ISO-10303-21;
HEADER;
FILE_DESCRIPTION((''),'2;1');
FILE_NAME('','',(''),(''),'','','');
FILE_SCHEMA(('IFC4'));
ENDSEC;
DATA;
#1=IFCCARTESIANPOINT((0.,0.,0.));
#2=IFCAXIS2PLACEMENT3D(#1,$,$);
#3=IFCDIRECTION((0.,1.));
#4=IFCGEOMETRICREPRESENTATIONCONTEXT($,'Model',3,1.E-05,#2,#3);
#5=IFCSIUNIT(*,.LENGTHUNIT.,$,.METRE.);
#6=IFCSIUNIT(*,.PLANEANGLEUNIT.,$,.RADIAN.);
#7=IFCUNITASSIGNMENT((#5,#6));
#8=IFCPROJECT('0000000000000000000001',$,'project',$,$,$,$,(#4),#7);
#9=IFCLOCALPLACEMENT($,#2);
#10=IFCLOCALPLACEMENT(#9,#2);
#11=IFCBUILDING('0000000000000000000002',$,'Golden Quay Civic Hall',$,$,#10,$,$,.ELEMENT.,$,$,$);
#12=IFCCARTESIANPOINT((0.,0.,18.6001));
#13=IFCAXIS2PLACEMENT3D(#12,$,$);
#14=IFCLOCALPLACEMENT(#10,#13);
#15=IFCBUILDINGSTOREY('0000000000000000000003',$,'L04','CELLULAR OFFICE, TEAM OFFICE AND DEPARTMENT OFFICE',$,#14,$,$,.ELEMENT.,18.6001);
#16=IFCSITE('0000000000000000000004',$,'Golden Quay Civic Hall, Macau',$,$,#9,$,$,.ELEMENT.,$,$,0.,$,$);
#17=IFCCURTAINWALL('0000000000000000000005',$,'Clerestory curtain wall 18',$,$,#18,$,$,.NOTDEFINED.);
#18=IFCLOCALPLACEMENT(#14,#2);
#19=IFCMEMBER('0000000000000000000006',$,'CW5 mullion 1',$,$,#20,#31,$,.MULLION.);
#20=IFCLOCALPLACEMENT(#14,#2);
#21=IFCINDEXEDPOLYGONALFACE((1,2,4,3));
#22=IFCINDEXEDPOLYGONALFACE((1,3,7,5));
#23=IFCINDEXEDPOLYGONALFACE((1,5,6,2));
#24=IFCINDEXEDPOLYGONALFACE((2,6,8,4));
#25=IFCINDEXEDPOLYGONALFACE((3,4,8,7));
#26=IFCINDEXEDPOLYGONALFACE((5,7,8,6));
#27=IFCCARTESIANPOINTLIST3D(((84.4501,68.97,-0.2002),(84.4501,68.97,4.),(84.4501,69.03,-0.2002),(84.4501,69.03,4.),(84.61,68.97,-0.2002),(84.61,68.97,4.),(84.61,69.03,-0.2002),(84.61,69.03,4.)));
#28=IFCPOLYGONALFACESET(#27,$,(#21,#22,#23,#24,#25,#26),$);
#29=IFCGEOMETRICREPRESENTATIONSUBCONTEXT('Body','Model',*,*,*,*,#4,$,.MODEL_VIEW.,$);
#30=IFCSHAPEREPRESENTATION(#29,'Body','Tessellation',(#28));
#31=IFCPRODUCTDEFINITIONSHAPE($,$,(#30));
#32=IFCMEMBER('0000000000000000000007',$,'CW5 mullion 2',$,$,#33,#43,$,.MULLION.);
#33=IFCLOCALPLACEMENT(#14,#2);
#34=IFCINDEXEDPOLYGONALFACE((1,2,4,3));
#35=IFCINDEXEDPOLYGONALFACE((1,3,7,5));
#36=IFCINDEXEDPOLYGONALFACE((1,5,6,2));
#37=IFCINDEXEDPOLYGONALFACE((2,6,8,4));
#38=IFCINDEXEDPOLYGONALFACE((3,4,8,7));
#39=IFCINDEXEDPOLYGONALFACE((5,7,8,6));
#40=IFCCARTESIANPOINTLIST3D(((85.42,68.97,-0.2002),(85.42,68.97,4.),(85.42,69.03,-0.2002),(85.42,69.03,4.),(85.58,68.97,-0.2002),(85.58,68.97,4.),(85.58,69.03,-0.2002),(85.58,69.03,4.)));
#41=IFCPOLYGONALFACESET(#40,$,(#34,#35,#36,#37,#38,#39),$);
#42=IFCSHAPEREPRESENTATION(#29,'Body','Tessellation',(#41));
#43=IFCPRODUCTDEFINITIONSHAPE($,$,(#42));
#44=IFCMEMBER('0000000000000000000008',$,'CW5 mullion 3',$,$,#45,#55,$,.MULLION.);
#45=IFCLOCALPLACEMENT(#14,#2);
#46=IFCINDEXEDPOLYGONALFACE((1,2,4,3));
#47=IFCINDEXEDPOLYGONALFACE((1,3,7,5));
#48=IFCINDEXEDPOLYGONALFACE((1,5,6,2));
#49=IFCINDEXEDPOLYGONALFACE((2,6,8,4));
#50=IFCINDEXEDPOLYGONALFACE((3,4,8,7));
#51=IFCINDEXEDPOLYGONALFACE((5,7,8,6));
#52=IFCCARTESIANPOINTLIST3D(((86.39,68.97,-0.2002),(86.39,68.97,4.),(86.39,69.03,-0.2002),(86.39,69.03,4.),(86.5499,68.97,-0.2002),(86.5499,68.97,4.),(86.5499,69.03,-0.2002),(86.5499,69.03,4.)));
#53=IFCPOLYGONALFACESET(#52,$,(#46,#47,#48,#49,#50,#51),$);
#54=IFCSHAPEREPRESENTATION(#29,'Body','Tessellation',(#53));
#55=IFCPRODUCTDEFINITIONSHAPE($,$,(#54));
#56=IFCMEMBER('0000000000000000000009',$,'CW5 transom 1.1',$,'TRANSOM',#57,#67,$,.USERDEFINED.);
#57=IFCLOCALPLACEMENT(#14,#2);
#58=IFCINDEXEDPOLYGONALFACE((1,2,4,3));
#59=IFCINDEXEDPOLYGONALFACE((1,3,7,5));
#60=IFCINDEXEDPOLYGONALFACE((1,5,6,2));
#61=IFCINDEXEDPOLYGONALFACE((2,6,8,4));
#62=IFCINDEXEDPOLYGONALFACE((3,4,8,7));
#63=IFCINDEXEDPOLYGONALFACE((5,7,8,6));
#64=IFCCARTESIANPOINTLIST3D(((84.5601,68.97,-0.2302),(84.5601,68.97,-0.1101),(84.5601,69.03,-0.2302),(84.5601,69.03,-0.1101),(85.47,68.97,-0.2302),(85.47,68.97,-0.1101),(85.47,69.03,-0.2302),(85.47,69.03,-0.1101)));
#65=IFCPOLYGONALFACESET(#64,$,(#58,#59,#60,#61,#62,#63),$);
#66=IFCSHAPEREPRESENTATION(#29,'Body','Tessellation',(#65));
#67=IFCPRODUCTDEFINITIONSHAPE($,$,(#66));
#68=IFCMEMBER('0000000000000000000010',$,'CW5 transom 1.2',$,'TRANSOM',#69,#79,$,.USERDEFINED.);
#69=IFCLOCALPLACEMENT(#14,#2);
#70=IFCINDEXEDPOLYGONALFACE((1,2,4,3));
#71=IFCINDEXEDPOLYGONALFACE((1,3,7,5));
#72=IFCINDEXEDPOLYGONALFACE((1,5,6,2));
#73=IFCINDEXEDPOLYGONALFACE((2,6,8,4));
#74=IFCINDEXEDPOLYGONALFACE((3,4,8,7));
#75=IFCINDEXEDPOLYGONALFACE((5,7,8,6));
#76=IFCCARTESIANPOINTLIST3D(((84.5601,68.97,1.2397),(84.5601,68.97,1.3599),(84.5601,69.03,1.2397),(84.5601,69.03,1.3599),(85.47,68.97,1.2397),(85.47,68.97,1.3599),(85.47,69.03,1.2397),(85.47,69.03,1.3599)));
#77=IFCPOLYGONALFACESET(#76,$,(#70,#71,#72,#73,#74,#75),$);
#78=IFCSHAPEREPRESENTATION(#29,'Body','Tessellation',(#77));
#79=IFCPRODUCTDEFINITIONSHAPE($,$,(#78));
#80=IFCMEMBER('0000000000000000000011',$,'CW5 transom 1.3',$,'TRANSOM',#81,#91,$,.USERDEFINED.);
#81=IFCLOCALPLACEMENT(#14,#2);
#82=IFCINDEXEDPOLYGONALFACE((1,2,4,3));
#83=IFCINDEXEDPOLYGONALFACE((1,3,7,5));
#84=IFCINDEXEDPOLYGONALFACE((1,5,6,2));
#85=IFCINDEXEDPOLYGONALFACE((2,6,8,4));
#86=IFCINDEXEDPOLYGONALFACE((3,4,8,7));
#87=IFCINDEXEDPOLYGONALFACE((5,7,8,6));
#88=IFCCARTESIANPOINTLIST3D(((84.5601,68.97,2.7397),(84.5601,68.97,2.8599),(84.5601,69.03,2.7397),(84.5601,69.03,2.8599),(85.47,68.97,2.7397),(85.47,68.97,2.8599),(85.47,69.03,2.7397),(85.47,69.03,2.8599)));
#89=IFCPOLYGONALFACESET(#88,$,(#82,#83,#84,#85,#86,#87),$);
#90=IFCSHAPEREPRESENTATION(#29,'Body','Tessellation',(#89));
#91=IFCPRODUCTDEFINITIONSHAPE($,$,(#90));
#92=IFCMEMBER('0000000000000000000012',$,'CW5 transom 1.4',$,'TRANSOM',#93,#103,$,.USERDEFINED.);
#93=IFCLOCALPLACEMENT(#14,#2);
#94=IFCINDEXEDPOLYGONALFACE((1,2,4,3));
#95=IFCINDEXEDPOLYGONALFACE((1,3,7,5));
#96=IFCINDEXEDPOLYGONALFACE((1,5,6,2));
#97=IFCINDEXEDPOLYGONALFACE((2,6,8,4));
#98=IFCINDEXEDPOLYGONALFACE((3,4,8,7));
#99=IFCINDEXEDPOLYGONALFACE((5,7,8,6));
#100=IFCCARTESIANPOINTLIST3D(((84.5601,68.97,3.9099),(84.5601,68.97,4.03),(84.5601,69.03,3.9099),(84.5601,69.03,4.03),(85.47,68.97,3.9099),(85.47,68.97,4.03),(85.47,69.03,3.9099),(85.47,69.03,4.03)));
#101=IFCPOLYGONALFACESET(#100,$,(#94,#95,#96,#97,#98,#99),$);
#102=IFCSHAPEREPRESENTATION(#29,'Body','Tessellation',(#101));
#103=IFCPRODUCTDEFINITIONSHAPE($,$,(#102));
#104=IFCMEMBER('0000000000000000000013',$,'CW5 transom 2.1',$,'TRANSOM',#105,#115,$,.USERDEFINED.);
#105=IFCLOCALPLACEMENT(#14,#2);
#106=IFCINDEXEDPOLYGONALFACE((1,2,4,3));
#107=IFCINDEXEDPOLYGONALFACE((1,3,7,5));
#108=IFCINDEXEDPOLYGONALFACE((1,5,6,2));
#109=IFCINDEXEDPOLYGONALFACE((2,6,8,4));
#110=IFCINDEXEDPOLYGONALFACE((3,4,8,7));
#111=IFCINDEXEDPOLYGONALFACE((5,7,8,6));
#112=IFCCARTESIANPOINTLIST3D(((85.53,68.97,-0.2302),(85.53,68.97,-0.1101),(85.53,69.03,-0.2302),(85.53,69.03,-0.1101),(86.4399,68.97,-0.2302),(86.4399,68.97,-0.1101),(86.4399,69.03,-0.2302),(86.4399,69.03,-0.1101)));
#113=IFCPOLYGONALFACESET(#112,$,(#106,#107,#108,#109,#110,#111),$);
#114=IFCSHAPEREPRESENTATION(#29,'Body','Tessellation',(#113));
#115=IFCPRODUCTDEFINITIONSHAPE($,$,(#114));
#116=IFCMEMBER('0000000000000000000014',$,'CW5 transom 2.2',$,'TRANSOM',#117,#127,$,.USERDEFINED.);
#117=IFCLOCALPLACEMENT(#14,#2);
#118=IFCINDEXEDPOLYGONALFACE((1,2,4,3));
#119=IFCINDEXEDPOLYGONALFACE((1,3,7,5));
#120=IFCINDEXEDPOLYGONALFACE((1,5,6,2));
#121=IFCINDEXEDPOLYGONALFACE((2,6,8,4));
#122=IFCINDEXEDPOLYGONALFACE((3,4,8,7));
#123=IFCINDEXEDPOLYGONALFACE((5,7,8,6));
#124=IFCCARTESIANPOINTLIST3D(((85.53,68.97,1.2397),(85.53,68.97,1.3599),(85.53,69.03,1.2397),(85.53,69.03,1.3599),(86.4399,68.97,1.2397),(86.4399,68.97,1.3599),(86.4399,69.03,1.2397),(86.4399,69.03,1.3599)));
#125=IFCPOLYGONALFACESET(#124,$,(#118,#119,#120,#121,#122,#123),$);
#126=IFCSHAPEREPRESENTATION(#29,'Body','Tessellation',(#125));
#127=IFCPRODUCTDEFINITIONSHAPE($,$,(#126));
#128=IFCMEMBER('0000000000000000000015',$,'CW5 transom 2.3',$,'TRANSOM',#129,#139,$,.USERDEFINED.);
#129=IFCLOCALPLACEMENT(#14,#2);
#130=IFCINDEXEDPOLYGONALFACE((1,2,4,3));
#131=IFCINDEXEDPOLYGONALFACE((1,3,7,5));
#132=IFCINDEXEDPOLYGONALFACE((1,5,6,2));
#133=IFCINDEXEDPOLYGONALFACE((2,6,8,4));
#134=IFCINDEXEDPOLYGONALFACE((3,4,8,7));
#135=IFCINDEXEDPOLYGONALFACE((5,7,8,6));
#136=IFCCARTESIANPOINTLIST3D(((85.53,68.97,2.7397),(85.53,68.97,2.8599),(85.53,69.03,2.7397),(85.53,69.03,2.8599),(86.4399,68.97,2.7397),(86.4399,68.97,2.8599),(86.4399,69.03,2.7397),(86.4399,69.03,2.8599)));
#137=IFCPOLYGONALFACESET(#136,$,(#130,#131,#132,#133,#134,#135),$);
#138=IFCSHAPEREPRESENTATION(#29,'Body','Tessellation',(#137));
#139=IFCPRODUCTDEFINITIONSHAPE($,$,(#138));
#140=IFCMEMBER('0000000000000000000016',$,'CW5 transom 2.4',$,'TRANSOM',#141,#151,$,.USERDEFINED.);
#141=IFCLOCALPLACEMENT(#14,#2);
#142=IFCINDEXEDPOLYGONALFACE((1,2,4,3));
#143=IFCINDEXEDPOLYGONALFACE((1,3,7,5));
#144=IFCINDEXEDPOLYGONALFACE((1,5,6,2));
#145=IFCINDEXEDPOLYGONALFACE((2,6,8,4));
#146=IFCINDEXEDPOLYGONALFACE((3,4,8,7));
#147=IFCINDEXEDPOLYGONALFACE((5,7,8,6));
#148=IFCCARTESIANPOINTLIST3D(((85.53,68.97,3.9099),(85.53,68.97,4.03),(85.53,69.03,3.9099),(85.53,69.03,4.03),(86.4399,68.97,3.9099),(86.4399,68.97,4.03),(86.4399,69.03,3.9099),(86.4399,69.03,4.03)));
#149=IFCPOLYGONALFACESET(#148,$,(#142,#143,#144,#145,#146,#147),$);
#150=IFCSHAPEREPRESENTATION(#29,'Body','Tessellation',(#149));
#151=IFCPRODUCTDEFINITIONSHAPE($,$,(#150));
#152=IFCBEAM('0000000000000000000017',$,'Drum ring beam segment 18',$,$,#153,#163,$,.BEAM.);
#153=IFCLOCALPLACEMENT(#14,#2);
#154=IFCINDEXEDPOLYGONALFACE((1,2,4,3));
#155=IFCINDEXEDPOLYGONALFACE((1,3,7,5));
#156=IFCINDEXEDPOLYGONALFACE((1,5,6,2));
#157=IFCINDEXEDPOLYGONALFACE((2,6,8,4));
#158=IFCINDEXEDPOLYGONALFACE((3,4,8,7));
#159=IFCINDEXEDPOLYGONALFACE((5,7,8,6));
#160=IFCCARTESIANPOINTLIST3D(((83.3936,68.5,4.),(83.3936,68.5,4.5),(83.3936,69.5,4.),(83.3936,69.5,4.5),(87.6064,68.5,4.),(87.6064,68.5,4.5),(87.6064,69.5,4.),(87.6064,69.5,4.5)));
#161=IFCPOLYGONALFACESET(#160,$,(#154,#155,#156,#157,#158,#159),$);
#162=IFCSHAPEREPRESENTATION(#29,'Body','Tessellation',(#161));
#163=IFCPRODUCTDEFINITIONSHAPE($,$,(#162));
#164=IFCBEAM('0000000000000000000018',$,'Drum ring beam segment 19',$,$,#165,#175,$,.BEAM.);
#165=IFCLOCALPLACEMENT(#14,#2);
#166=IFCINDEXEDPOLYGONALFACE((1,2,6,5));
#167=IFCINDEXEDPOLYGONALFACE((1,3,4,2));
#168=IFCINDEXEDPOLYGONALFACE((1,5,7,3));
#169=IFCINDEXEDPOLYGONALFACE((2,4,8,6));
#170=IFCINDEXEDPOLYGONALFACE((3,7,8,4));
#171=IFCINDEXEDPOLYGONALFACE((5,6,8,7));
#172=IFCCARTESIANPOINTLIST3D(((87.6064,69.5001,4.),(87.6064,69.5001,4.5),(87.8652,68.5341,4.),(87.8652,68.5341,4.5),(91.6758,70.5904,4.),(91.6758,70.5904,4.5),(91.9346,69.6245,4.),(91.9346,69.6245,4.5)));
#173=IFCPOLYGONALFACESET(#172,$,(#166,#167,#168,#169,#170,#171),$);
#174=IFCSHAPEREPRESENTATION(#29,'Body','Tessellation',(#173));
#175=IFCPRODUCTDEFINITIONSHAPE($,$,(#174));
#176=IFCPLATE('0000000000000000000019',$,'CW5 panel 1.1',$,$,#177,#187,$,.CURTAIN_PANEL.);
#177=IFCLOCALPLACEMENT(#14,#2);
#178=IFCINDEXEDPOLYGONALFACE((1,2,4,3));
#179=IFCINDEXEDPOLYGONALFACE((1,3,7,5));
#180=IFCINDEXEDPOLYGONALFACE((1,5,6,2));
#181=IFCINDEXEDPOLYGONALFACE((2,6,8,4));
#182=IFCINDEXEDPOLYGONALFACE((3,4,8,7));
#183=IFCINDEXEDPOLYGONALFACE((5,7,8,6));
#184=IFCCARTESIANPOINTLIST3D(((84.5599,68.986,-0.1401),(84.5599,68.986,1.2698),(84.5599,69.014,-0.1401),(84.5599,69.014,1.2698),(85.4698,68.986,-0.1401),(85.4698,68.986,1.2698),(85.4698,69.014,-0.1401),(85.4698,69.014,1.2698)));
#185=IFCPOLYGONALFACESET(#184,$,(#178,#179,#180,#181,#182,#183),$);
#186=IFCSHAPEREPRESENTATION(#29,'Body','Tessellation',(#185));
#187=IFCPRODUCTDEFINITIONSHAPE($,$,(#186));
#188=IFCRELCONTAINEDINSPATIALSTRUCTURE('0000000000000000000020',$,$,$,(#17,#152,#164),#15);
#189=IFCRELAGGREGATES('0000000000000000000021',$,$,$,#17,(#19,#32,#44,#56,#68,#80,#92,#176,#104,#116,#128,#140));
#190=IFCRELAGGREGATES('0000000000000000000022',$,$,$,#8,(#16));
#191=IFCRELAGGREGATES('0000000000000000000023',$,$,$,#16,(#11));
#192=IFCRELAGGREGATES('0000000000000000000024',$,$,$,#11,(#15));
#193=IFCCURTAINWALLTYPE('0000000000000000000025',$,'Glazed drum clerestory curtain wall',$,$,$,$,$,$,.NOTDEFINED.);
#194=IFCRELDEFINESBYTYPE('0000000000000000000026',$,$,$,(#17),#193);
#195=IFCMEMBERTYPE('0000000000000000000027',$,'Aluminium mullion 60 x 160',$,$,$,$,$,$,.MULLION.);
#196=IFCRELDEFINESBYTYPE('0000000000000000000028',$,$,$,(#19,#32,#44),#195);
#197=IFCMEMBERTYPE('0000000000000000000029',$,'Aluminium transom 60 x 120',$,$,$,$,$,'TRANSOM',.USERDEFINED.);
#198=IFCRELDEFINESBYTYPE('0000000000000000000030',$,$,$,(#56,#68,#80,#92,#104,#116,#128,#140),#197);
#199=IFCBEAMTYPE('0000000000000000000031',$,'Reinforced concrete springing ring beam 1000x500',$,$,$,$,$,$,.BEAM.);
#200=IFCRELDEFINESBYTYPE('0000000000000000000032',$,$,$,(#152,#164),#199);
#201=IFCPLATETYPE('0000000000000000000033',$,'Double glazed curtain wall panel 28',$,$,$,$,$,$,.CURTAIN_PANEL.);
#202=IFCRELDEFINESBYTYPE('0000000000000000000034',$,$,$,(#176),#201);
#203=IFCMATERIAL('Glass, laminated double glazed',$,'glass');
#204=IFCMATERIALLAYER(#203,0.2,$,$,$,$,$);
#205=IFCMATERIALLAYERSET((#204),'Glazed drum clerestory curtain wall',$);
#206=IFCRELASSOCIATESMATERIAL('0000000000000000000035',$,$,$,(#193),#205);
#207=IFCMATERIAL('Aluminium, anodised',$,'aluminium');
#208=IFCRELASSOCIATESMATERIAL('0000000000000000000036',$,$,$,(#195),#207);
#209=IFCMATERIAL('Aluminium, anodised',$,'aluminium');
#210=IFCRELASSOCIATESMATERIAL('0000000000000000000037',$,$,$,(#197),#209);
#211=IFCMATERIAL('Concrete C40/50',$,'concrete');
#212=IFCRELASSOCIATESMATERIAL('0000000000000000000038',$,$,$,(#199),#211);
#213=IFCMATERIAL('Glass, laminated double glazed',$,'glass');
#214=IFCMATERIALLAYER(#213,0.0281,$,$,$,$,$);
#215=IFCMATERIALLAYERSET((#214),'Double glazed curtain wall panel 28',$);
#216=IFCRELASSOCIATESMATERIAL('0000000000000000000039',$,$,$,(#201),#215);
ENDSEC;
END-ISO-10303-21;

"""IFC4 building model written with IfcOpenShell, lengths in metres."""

from ifc_helpers import new_model, si_unit, direction, frame, origin, origin_2d, place, context, subcontext, project, spatial, rectangle, extrude, material, layer, layer_set, material_profile, profile_set, type_object, element, aggregate, save


model = new_model("IFC4")

# Units and contexts
model_context = context("Model", 3, precision=1e-05, world=origin(), true_north=direction((0.0, 1.0)))
body_context = subcontext(model_context, "Body", "Model", "MODEL_VIEW")
ifc_project = project(units=[si_unit("LENGTHUNIT", "METRE"), si_unit("PLANEANGLEUNIT", "RADIAN")], contexts=[model_context])

# Site, building, storey
site_placement = place(None, origin())
site = spatial("IfcSite", under=ifc_project, at=site_placement, Name="Golden Quay Civic Hall, Macau", CompositionType="ELEMENT", RefElevation=0.0)
building_placement = place(site_placement, origin())
building = spatial("IfcBuilding", under=site, at=building_placement, Name="Golden Quay Civic Hall", CompositionType="ELEMENT")
storey_placement = place(building_placement, frame((0.0, 0.0, 18.6001)))
storey = spatial("IfcBuildingStorey", under=building, at=storey_placement, Name="L04", Description="CELLULAR OFFICE, TEAM OFFICE AND DEPARTMENT OFFICE", CompositionType="ELEMENT", Elevation=18.6001)

# Curtain wall, members
ifc_material_1 = material(Name="Glass, laminated double glazed", Category="glass")
ifc_layer_1 = layer(ifc_material_1, 0.2)
ifc_layer_set_1 = layer_set([ifc_layer_1], Name="Glazed drum clerestory curtain wall")
curtain_wall_type = type_object("IfcCurtainWallType", Name="Glazed drum clerestory curtain wall", PredefinedType="NOTDEFINED", material=ifc_layer_set_1)
curtain_wall_placement = place(storey_placement, origin())
curtain_wall = element("IfcCurtainWall", 1, at=curtain_wall_placement, inside=storey, type_object=curtain_wall_type, Name="Clerestory curtain wall 18", PredefinedType="NOTDEFINED")
ifc_material_2 = material(Name="Aluminium, anodised", Category="aluminium")
ifc_material_profile_1 = material_profile(ifc_material_2, rectangle(XDim=0.0601, YDim=0.1599, at=origin_2d()), Name="Aluminium 60 x 160")
ifc_profile_set_1 = profile_set([ifc_material_profile_1], Name="Aluminium, anodised")
member_type_1 = type_object("IfcMemberType", Name="Aluminium mullion 60 x 160", PredefinedType="MULLION", material=ifc_profile_set_1)
member_1_placement = place(storey_placement, frame((84.53, 69.0, -0.2002), z_axis=(0.0, 0.0, 1.0), x_axis=(0.0, 1.0, 0.0)))
member_1 = element("IfcMember", 2, at=member_1_placement, type_object=member_type_1, Name="CW5 mullion 1", PredefinedType="MULLION", context=body_context, shape_type="SweptSolid", body=[
    extrude(rectangle(XDim=0.0601, YDim=0.1599, at=origin_2d()), origin(), (0.0, 0.0, 1.0), 4.2002),
])
member_2_placement = place(storey_placement, frame((85.5, 69.0, -0.2002), z_axis=(0.0, 0.0, 1.0), x_axis=(0.0, 1.0, 0.0)))
member_2 = element("IfcMember", 3, at=member_2_placement, type_object=member_type_1, Name="CW5 mullion 2", PredefinedType="MULLION", context=body_context, shape_type="SweptSolid", body=[
    extrude(rectangle(XDim=0.0601, YDim=0.1599, at=origin_2d()), origin(), (0.0, 0.0, 1.0), 4.2002),
])
member_3_placement = place(storey_placement, frame((86.47, 69.0, -0.2002), z_axis=(0.0, 0.0, 1.0), x_axis=(0.0, 1.0, 0.0)))
member_3 = element("IfcMember", 4, at=member_3_placement, type_object=member_type_1, Name="CW5 mullion 3", PredefinedType="MULLION", context=body_context, shape_type="SweptSolid", body=[
    extrude(rectangle(XDim=0.0601, YDim=0.1599, at=origin_2d()), origin(), (0.0, 0.0, 1.0), 4.2002),
])
ifc_material_3 = material(Name="Aluminium, anodised", Category="aluminium")
ifc_material_profile_2 = material_profile(ifc_material_3, rectangle(XDim=0.0601, YDim=0.1201, at=origin_2d()), Name="Aluminium 60 x 120")
ifc_profile_set_2 = profile_set([ifc_material_profile_2], Name="Aluminium, anodised")
member_type_2 = type_object("IfcMemberType", Name="Aluminium transom 60 x 120", ElementType="TRANSOM", PredefinedType="USERDEFINED", material=ifc_profile_set_2)
member_4_placement = place(storey_placement, frame((84.5601, 69.0, -0.1702), z_axis=(1.0, 0.0, 0.0), x_axis=(0.0, 1.0, 0.0)))
member_4 = element("IfcMember", 5, at=member_4_placement, type_object=member_type_2, Name="CW5 transom 1.1", ObjectType="TRANSOM", PredefinedType="USERDEFINED", context=body_context, shape_type="SweptSolid", body=[
    extrude(rectangle(XDim=0.0601, YDim=0.1201, at=origin_2d()), origin(), (0.0, 0.0, 1.0), 0.9099),
])
member_5_placement = place(storey_placement, frame((84.5601, 69.0, 1.2998), z_axis=(1.0, 0.0, 0.0), x_axis=(0.0, 1.0, 0.0)))
member_5 = element("IfcMember", 6, at=member_5_placement, type_object=member_type_2, Name="CW5 transom 1.2", ObjectType="TRANSOM", PredefinedType="USERDEFINED", context=body_context, shape_type="SweptSolid", body=[
    extrude(rectangle(XDim=0.0601, YDim=0.1201, at=origin_2d()), origin(), (0.0, 0.0, 1.0), 0.9099),
])
member_6_placement = place(storey_placement, frame((84.5601, 69.0, 2.7998), z_axis=(1.0, 0.0, 0.0), x_axis=(0.0, 1.0, 0.0)))
member_6 = element("IfcMember", 7, at=member_6_placement, type_object=member_type_2, Name="CW5 transom 1.3", ObjectType="TRANSOM", PredefinedType="USERDEFINED", context=body_context, shape_type="SweptSolid", body=[
    extrude(rectangle(XDim=0.0601, YDim=0.1201, at=origin_2d()), origin(), (0.0, 0.0, 1.0), 0.9099),
])
member_7_placement = place(storey_placement, frame((84.5601, 69.0, 3.97), z_axis=(1.0, 0.0, 0.0), x_axis=(0.0, 1.0, 0.0)))
member_7 = element("IfcMember", 8, at=member_7_placement, type_object=member_type_2, Name="CW5 transom 1.4", ObjectType="TRANSOM", PredefinedType="USERDEFINED", context=body_context, shape_type="SweptSolid", body=[
    extrude(rectangle(XDim=0.0601, YDim=0.1201, at=origin_2d()), origin(), (0.0, 0.0, 1.0), 0.9099),
])
member_8_placement = place(storey_placement, frame((85.53, 69.0, -0.1702), z_axis=(1.0, 0.0, 0.0), x_axis=(0.0, 1.0, 0.0)))
member_8 = element("IfcMember", 9, at=member_8_placement, type_object=member_type_2, Name="CW5 transom 2.1", ObjectType="TRANSOM", PredefinedType="USERDEFINED", context=body_context, shape_type="SweptSolid", body=[
    extrude(rectangle(XDim=0.0601, YDim=0.1201, at=origin_2d()), origin(), (0.0, 0.0, 1.0), 0.9099),
])
member_9_placement = place(storey_placement, frame((85.53, 69.0, 1.2998), z_axis=(1.0, 0.0, 0.0), x_axis=(0.0, 1.0, 0.0)))
member_9 = element("IfcMember", 10, at=member_9_placement, type_object=member_type_2, Name="CW5 transom 2.2", ObjectType="TRANSOM", PredefinedType="USERDEFINED", context=body_context, shape_type="SweptSolid", body=[
    extrude(rectangle(XDim=0.0601, YDim=0.1201, at=origin_2d()), origin(), (0.0, 0.0, 1.0), 0.9099),
])
member_10_placement = place(storey_placement, frame((85.53, 69.0, 2.7998), z_axis=(1.0, 0.0, 0.0), x_axis=(0.0, 1.0, 0.0)))
member_10 = element("IfcMember", 11, at=member_10_placement, type_object=member_type_2, Name="CW5 transom 2.3", ObjectType="TRANSOM", PredefinedType="USERDEFINED", context=body_context, shape_type="SweptSolid", body=[
    extrude(rectangle(XDim=0.0601, YDim=0.1201, at=origin_2d()), origin(), (0.0, 0.0, 1.0), 0.9099),
])
member_11_placement = place(storey_placement, frame((85.53, 69.0, 3.97), z_axis=(1.0, 0.0, 0.0), x_axis=(0.0, 1.0, 0.0)))
member_11 = element("IfcMember", 12, at=member_11_placement, type_object=member_type_2, Name="CW5 transom 2.4", ObjectType="TRANSOM", PredefinedType="USERDEFINED", context=body_context, shape_type="SweptSolid", body=[
    extrude(rectangle(XDim=0.0601, YDim=0.1201, at=origin_2d()), origin(), (0.0, 0.0, 1.0), 0.9099),
])

# Beams
ifc_material_4 = material(Name="Concrete C40/50", Category="concrete")
ifc_material_profile_3 = material_profile(ifc_material_4, rectangle(XDim=1.0, YDim=0.5, at=origin_2d()), Name="RC 1000x500")
ifc_profile_set_3 = profile_set([ifc_material_profile_3], Name="Concrete C40/50")
beam_type = type_object("IfcBeamType", Name="Reinforced concrete springing ring beam 1000x500", PredefinedType="BEAM", material=ifc_profile_set_3)
for number, where, z_axis, x_axis, name in (
    (13, (83.3936, 69.0, 4.25), (1.0, 0.0, 0.0), (0.0, 1.0, 0.0), "Drum ring beam segment 18"),
    (14, (87.7358, 69.0171, 4.25), (0.965928, 0.258809, 0.0), (-0.258809, 0.965928, 0.0), "Drum ring beam segment 19"),
):
    element("IfcBeam", number, at=place(storey_placement, frame(where, z_axis=z_axis, x_axis=x_axis)), inside=storey, type_object=beam_type, Name=name, PredefinedType="BEAM", context=body_context, shape_type="SweptSolid", body=[
        extrude(rectangle(XDim=1.0, YDim=0.5, at=origin_2d()), origin(), (0.0, 0.0, 1.0), 4.2129),
    ])

# Plate
ifc_material_5 = material(Name="Glass, laminated double glazed", Category="glass")
ifc_layer_2 = layer(ifc_material_5, 0.0281)
ifc_layer_set_2 = layer_set([ifc_layer_2], Name="Double glazed curtain wall panel 28")
plate_type = type_object("IfcPlateType", Name="Double glazed curtain wall panel 28", PredefinedType="CURTAIN_PANEL", material=ifc_layer_set_2)
plate_1_placement = place(storey_placement, frame((85.0149, 69.0, -0.1401), z_axis=(0.0, 0.0, 1.0), x_axis=(1.0, 0.0, 0.0)))
plate_1 = element("IfcPlate", 15, at=plate_1_placement, type_object=plate_type, Name="CW5 panel 1.1", PredefinedType="CURTAIN_PANEL", context=body_context, shape_type="SweptSolid", body=[
    extrude(rectangle(XDim=0.9099, YDim=0.0281, at=origin_2d()), origin(), (0.0, 0.0, 1.0), 1.4099),
])
aggregate(curtain_wall, [member_1, member_2, member_3, member_4, member_5, member_6, member_7, plate_1, member_8, member_9, member_10, member_11])

save(model, "model.ifc")
